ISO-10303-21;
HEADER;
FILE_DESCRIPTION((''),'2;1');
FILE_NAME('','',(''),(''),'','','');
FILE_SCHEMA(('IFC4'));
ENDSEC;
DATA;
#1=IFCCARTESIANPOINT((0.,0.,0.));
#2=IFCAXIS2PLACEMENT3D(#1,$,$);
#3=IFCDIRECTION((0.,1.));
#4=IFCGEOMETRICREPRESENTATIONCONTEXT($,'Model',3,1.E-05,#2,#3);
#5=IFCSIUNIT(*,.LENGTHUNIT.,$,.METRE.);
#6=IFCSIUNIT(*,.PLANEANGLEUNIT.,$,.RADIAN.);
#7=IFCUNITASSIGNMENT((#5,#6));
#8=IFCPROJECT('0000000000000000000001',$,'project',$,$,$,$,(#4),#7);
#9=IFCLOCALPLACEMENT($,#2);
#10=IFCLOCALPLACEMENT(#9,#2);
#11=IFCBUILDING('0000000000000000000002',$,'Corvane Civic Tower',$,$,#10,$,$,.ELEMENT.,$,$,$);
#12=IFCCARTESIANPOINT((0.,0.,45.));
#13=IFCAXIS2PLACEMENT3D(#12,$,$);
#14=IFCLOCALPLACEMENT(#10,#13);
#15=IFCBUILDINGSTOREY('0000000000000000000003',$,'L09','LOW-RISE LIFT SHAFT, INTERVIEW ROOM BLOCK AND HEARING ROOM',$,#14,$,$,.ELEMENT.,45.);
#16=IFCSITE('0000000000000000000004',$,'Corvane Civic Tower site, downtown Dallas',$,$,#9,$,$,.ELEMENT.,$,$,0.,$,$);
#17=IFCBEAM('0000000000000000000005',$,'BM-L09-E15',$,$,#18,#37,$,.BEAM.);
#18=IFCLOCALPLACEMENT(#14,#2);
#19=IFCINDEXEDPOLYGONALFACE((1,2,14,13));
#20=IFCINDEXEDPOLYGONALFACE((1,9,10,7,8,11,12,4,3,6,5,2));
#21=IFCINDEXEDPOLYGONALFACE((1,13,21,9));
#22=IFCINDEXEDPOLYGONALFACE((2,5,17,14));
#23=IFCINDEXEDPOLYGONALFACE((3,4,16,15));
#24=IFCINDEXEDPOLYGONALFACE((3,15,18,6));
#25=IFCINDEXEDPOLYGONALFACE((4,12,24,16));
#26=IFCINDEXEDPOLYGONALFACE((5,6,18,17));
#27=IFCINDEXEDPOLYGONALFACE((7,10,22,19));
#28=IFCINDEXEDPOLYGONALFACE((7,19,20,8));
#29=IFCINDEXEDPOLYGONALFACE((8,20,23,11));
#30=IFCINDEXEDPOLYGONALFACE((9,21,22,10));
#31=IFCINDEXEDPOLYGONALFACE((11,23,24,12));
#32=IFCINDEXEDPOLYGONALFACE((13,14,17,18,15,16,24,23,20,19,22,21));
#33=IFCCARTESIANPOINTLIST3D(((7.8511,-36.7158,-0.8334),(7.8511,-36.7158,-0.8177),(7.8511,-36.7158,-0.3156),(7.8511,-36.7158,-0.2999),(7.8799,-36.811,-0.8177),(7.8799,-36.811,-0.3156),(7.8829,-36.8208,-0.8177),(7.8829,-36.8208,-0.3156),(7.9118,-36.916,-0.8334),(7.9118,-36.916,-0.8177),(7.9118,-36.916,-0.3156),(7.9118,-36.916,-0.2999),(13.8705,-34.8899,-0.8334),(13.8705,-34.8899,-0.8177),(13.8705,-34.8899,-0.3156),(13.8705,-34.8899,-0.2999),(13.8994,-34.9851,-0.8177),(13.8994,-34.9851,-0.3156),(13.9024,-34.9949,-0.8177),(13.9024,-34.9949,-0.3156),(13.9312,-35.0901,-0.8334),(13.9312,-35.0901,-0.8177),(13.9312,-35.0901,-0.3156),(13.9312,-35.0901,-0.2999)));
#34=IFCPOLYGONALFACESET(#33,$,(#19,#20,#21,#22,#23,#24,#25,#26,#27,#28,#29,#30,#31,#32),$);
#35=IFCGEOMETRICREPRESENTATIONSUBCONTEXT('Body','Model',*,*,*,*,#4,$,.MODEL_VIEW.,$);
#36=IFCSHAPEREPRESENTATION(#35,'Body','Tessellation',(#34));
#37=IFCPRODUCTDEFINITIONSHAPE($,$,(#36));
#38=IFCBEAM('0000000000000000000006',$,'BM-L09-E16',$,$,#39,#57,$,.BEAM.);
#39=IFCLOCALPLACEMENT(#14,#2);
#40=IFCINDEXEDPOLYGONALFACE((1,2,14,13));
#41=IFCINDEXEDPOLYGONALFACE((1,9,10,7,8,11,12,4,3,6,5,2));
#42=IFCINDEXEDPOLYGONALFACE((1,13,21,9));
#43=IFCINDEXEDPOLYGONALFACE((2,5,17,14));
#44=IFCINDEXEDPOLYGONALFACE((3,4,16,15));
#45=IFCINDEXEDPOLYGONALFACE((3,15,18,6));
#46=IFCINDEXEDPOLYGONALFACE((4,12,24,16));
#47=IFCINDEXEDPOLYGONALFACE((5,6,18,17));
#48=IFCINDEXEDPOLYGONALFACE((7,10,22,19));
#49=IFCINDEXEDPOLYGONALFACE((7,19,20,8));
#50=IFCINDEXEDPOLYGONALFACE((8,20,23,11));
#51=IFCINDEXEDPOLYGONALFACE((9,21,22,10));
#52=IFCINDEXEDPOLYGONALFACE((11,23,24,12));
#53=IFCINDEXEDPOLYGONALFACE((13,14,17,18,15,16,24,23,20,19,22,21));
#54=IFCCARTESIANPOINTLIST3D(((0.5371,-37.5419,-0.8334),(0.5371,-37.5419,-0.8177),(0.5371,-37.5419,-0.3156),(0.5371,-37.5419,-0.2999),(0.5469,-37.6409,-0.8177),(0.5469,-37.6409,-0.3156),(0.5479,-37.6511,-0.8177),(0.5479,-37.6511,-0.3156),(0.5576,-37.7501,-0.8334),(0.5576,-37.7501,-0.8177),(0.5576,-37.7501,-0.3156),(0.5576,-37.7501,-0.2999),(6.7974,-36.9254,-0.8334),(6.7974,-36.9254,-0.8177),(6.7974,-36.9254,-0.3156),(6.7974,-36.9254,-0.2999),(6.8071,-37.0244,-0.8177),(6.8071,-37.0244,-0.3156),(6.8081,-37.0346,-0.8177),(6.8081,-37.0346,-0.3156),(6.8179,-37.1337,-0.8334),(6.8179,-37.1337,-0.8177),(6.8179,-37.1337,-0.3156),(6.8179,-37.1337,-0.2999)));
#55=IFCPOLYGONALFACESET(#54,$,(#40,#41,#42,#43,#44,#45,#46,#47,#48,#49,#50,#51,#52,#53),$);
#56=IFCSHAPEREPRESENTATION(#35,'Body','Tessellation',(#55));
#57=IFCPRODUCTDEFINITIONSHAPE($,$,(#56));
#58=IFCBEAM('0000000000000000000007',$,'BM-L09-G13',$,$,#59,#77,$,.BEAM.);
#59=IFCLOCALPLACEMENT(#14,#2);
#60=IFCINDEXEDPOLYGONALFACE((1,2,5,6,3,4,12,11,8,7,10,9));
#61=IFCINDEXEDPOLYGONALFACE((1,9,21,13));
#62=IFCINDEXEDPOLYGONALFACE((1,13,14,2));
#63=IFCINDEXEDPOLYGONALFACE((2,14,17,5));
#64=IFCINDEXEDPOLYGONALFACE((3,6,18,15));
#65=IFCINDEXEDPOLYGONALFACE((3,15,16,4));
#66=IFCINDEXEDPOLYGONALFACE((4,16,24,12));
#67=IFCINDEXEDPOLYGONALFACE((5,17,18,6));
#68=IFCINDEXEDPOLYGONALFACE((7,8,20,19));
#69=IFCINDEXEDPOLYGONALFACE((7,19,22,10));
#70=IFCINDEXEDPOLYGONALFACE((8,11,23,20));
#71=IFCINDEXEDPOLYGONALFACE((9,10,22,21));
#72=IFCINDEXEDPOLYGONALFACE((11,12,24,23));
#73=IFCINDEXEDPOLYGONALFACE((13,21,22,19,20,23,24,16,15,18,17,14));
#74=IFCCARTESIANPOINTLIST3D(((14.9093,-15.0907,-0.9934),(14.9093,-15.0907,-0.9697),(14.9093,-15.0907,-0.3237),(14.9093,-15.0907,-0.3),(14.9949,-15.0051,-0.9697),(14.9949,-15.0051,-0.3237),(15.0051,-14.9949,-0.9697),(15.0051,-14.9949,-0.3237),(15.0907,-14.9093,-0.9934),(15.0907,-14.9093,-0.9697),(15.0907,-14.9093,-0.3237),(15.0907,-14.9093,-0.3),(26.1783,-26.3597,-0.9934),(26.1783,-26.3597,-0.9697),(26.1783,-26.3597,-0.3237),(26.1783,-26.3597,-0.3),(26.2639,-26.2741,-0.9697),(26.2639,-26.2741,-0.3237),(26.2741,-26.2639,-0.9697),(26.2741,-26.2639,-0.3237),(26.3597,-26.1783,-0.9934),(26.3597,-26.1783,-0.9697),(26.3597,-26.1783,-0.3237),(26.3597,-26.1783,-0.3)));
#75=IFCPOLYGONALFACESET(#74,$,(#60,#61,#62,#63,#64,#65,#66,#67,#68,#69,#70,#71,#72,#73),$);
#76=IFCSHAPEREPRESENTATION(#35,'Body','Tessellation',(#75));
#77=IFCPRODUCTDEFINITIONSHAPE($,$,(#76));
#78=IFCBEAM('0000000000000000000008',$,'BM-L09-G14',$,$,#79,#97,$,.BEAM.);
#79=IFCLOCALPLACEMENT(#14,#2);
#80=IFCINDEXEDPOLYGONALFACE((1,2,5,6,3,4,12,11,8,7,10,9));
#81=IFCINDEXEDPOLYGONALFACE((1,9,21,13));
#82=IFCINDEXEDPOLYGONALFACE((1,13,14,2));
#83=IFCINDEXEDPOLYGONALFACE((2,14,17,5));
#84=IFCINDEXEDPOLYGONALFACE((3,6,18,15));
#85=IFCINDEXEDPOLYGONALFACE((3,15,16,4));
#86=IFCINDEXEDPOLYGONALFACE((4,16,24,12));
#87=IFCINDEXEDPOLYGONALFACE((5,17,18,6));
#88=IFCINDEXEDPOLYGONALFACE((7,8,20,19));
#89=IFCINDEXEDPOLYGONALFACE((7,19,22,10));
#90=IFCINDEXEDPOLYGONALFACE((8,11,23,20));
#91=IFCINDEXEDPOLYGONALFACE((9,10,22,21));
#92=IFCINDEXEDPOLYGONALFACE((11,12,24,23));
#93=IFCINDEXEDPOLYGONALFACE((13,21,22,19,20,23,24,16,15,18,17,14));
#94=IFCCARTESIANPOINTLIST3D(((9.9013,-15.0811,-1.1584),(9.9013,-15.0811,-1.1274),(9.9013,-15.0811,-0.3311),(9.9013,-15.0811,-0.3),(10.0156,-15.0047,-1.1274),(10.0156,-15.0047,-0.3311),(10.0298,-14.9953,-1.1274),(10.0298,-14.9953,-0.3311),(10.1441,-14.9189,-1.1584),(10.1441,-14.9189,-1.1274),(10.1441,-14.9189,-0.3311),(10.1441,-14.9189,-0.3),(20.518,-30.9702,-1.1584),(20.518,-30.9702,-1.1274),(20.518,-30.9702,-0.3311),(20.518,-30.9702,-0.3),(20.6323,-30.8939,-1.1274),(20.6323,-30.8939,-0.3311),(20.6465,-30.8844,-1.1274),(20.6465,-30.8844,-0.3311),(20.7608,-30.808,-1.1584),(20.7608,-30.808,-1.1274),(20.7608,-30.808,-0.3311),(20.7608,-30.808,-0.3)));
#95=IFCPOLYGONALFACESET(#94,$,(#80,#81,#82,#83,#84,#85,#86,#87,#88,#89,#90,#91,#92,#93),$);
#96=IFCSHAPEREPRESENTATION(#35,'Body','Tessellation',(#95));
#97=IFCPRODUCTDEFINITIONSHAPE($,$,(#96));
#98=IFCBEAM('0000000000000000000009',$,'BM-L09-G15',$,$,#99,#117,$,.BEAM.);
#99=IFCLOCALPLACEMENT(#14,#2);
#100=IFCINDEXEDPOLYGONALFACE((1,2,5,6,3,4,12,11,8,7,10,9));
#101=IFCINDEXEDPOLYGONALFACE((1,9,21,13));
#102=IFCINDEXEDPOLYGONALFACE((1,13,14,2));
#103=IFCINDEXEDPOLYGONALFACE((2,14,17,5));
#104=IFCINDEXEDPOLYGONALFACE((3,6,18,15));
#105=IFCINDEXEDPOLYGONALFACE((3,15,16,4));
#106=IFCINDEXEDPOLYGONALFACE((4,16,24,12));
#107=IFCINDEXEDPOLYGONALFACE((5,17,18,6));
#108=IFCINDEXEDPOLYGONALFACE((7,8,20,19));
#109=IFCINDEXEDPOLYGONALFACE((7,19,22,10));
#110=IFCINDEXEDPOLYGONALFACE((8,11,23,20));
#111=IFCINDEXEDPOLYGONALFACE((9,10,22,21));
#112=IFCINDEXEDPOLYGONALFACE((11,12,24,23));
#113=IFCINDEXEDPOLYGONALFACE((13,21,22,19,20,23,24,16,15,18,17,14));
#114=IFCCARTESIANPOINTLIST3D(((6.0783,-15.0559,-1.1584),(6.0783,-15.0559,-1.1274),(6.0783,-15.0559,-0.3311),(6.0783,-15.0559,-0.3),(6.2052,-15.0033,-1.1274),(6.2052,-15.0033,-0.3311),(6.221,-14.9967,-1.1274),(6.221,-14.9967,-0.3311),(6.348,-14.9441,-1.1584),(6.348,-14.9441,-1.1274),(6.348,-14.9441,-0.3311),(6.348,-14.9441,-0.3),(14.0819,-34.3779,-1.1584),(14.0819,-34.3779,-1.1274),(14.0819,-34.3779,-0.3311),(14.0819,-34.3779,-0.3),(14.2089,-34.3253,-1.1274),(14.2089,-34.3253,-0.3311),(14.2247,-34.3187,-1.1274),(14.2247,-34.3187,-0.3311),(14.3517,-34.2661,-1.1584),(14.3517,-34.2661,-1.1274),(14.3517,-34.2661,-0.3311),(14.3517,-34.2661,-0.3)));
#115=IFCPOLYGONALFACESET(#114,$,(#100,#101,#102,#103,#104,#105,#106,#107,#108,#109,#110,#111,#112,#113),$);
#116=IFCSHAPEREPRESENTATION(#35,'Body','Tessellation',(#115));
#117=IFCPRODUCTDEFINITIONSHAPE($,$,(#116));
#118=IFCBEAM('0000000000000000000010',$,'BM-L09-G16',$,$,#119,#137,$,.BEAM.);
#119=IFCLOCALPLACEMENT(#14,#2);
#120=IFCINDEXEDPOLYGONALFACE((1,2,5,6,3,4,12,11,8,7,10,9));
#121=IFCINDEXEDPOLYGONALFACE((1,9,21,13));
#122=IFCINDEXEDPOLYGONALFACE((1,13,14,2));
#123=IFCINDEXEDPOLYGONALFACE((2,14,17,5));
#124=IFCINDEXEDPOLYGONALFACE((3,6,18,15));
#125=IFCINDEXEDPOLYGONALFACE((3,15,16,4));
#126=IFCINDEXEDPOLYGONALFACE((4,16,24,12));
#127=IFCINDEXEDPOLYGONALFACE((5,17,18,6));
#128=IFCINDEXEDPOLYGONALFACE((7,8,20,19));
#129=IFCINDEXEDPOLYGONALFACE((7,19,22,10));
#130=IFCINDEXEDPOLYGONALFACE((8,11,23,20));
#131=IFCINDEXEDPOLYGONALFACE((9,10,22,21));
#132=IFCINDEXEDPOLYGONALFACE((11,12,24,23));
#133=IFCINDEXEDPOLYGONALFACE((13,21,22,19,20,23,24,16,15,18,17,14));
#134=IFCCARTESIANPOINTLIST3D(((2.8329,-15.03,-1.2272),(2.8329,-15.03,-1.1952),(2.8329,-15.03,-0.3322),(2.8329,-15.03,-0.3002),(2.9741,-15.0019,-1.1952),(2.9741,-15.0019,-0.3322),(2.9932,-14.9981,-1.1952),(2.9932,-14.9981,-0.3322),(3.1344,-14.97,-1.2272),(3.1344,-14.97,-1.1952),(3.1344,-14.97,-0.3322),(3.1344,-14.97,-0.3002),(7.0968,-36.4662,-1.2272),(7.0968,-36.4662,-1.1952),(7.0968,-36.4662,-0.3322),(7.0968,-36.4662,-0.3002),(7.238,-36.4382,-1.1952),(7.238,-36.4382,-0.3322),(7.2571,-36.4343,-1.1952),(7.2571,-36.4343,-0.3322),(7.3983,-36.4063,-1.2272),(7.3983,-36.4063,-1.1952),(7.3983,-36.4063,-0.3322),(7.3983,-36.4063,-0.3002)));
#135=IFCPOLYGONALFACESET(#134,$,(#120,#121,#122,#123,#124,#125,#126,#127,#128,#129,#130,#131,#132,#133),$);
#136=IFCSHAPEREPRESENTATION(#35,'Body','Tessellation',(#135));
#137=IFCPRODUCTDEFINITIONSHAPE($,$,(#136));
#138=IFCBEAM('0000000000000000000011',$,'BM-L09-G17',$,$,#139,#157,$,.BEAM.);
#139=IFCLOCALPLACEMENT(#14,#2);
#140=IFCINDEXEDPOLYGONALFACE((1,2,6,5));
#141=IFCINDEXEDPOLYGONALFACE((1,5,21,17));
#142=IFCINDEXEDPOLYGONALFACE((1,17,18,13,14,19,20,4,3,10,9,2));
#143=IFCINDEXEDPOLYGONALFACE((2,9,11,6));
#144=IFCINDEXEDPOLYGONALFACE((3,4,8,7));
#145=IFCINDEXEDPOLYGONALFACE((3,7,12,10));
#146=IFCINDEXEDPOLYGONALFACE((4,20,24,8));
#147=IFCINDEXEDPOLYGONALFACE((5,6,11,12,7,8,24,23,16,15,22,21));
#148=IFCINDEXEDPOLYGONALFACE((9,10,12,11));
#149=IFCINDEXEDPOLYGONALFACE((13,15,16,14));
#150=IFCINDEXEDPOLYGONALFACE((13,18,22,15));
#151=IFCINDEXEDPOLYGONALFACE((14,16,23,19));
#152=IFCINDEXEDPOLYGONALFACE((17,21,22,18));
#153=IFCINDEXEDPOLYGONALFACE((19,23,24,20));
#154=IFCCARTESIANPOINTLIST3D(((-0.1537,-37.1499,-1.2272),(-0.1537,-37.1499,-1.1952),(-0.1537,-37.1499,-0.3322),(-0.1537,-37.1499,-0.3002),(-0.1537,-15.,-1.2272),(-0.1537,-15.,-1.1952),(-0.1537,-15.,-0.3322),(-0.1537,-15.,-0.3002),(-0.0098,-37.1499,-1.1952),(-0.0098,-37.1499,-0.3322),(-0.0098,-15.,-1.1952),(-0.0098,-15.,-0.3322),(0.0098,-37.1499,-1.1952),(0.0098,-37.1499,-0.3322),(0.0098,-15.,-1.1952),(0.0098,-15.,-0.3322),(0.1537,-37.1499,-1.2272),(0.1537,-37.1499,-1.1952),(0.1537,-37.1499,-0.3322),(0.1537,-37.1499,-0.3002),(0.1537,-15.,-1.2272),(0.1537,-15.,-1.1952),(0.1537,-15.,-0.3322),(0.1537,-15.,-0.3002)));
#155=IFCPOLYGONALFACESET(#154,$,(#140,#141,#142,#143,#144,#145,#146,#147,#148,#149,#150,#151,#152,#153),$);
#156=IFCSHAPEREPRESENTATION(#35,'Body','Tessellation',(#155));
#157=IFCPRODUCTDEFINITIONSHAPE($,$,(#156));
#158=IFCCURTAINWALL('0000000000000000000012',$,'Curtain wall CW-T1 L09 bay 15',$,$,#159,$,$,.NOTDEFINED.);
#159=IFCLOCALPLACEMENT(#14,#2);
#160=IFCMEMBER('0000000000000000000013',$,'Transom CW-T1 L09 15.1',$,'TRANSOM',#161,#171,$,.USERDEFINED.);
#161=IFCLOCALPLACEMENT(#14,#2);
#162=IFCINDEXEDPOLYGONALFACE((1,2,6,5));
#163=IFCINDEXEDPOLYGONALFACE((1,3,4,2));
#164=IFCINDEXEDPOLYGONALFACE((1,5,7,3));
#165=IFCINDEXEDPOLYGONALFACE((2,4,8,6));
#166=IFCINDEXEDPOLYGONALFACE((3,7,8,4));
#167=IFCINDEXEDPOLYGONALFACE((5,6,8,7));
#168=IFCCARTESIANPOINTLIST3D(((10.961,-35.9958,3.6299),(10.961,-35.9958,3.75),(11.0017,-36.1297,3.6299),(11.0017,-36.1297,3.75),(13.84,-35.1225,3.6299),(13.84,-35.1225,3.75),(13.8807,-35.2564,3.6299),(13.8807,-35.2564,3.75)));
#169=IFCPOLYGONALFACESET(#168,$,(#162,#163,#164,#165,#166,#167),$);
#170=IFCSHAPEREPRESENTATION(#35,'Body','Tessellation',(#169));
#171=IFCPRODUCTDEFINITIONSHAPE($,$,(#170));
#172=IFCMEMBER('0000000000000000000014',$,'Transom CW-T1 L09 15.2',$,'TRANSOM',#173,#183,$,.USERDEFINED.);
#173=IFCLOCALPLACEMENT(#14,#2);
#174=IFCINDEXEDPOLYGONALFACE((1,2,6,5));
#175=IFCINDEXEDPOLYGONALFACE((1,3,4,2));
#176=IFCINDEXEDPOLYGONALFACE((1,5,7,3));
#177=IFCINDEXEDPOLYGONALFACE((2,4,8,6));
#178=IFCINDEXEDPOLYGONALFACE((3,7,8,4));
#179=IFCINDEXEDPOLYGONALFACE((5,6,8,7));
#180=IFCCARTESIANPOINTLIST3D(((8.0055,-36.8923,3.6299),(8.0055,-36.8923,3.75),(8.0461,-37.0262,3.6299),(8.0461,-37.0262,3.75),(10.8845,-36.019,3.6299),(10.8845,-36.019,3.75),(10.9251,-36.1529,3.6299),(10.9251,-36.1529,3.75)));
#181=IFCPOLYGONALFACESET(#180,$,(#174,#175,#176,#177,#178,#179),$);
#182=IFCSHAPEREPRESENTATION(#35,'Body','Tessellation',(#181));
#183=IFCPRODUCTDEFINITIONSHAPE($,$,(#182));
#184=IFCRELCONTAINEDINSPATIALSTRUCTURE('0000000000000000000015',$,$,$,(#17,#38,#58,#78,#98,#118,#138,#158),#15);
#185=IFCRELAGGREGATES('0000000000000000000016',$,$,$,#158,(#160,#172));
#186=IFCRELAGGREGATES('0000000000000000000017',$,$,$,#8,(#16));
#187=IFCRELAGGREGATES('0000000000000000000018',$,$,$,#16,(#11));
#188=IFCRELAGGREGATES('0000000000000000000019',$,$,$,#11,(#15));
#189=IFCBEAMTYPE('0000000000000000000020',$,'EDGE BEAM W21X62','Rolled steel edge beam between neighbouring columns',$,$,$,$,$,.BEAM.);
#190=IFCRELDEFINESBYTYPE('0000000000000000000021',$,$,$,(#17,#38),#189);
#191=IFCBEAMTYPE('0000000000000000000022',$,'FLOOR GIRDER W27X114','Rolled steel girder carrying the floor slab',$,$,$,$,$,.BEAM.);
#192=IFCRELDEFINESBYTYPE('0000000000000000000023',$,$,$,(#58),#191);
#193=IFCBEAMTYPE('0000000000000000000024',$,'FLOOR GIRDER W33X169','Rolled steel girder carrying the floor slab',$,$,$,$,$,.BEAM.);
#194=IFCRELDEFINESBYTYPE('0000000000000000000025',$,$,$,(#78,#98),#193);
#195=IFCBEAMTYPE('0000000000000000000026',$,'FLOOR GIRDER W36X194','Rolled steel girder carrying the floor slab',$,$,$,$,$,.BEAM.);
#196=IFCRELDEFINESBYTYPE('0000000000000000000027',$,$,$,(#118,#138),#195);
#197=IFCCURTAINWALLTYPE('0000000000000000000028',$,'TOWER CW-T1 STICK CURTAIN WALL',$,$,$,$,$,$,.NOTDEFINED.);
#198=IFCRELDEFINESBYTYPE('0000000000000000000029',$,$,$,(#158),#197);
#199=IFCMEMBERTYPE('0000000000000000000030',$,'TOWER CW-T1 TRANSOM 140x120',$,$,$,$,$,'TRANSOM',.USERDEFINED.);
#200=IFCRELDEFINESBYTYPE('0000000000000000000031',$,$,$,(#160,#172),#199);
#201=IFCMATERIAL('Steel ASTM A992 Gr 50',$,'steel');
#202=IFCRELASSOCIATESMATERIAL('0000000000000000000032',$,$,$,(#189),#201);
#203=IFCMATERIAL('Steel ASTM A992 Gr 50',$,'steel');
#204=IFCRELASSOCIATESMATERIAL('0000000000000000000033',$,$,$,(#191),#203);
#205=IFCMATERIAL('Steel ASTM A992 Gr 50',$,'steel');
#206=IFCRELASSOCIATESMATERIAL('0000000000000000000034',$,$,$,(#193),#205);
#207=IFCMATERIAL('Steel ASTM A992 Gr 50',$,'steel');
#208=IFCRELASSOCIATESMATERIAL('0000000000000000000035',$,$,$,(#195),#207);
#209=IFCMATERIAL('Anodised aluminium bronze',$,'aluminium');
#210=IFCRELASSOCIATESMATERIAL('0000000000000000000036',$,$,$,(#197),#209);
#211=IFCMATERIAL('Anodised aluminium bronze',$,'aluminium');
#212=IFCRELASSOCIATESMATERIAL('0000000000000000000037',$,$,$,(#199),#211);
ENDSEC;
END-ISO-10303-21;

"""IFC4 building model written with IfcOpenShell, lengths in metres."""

from ifc_helpers import new_model, si_unit, direction, frame, origin, origin_2d, place, context, subcontext, project, spatial, rectangle, i_section, extrude, material, material_profile, profile_set, type_object, element, aggregate, save


model = new_model("IFC4")

# Units and contexts
model_context = context("Model", 3, precision=1e-05, world=origin(), true_north=direction((0.0, 1.0)))
body_context = subcontext(model_context, "Body", "Model", "MODEL_VIEW")
ifc_project = project(units=[si_unit("LENGTHUNIT", "METRE"), si_unit("PLANEANGLEUNIT", "RADIAN")], contexts=[model_context])

# Site, building, storey
site_placement = place(None, origin())
site = spatial("IfcSite", under=ifc_project, at=site_placement, Name="Corvane Civic Tower site, downtown Dallas", CompositionType="ELEMENT", RefElevation=0.0)
building_placement = place(site_placement, origin())
building = spatial("IfcBuilding", under=site, at=building_placement, Name="Corvane Civic Tower", CompositionType="ELEMENT")
storey_placement = place(building_placement, frame((0.0, 0.0, 45.0)))
storey = spatial("IfcBuildingStorey", under=building, at=storey_placement, Name="L09", Description="LOW-RISE LIFT SHAFT, INTERVIEW ROOM BLOCK AND HEARING ROOM", CompositionType="ELEMENT", Elevation=45.0)

# Beams
ifc_material_1 = material(Name="Steel ASTM A992 Gr 50", Category="steel")
ifc_material_profile_1 = material_profile(ifc_material_1, i_section(OverallWidth=0.2092, OverallDepth=0.5334, WebThickness=0.0103, FlangeThickness=0.0156, at=origin_2d()), Name="W21X62")
ifc_profile_set_1 = profile_set([ifc_material_profile_1], Name="Steel ASTM A992 Gr 50")
beam_type_1 = type_object("IfcBeamType", Name="EDGE BEAM W21X62", Description="Rolled steel edge beam between neighbouring columns", PredefinedType="BEAM", material=ifc_profile_set_1)
beam_1_placement = place(storey_placement, frame((13.9009, -34.99, -0.5667), z_axis=(-0.956944, -0.290273, 0.0), x_axis=(0.290273, -0.956944, 0.0)))
element("IfcBeam", 1, at=beam_1_placement, inside=storey, type_object=beam_type_1, Name="BM-L09-E15", PredefinedType="BEAM", context=body_context, shape_type="SweptSolid", body=[
    extrude(i_section(OverallWidth=0.2092, OverallDepth=0.5334, WebThickness=0.0103, FlangeThickness=0.0156, at=origin_2d()), origin(), (0.0, 0.0, 1.0), 6.2903),
])
beam_2_placement = place(storey_placement, frame((6.8076, -37.0295, -0.5667), z_axis=(-0.995187, -0.097997, 0.0), x_axis=(0.097997, -0.995187, 0.0)))
element("IfcBeam", 2, at=beam_2_placement, inside=storey, type_object=beam_type_1, Name="BM-L09-E16", PredefinedType="BEAM", context=body_context, shape_type="SweptSolid", body=[
    extrude(i_section(OverallWidth=0.2092, OverallDepth=0.5334, WebThickness=0.0103, FlangeThickness=0.0156, at=origin_2d()), origin(), (0.0, 0.0, 1.0), 6.2905),
])
ifc_material_2 = material(Name="Steel ASTM A992 Gr 50", Category="steel")
ifc_material_profile_2 = material_profile(ifc_material_2, i_section(OverallWidth=0.2566, OverallDepth=0.6934, WebThickness=0.0144, FlangeThickness=0.0237, at=origin_2d()), Name="W27X114")
ifc_profile_set_2 = profile_set([ifc_material_profile_2], Name="Steel ASTM A992 Gr 50")
beam_type_2 = type_object("IfcBeamType", Name="FLOOR GIRDER W27X114", Description="Rolled steel girder carrying the floor slab", PredefinedType="BEAM", material=ifc_profile_set_2)
beam_3_placement = place(storey_placement, frame((15.0, -15.0, -0.6467), z_axis=(0.707107, -0.707107, 0.0), x_axis=(0.707107, 0.707107, 0.0)))
element("IfcBeam", 3, at=beam_3_placement, inside=storey, type_object=beam_type_2, Name="BM-L09-G13", PredefinedType="BEAM", context=body_context, shape_type="SweptSolid", body=[
    extrude(i_section(OverallWidth=0.2566, OverallDepth=0.6934, WebThickness=0.0144, FlangeThickness=0.0237, at=origin_2d()), origin(), (0.0, 0.0, 1.0), 15.9368),
])
ifc_material_3 = material(Name="Steel ASTM A992 Gr 50", Category="steel")
ifc_material_profile_3 = material_profile(ifc_material_3, i_section(OverallWidth=0.292, OverallDepth=0.8584, WebThickness=0.0171, FlangeThickness=0.031, at=origin_2d()), Name="W33X169")
ifc_profile_set_3 = profile_set([ifc_material_profile_3], Name="Steel ASTM A992 Gr 50")
beam_type_3 = type_object("IfcBeamType", Name="FLOOR GIRDER W33X169", Description="Rolled steel girder carrying the floor slab", PredefinedType="BEAM", material=ifc_profile_set_3)
beam_4_placement = place(storey_placement, frame((10.0227, -15.0, -0.7292), z_axis=(0.555567, -0.831472, 0.0), x_axis=(0.831472, 0.555567, 0.0)))
element("IfcBeam", 4, at=beam_4_placement, inside=storey, type_object=beam_type_3, Name="BM-L09-G14", PredefinedType="BEAM", context=body_context, shape_type="SweptSolid", body=[
    extrude(i_section(OverallWidth=0.292, OverallDepth=0.8584, WebThickness=0.0171, FlangeThickness=0.031, at=origin_2d()), origin(), (0.0, 0.0, 1.0), 19.1096),
])
beam_5_placement = place(storey_placement, frame((6.2131, -15.0, -0.7292), z_axis=(0.382692, -0.923876, 0.0), x_axis=(0.923876, 0.382692, 0.0)))
element("IfcBeam", 5, at=beam_5_placement, inside=storey, type_object=beam_type_3, Name="BM-L09-G15", PredefinedType="BEAM", context=body_context, shape_type="SweptSolid", body=[
    extrude(i_section(OverallWidth=0.292, OverallDepth=0.8584, WebThickness=0.0171, FlangeThickness=0.031, at=origin_2d()), origin(), (0.0, 0.0, 1.0), 20.9141),
])
ifc_material_4 = material(Name="Steel ASTM A992 Gr 50", Category="steel")
ifc_material_profile_4 = material_profile(ifc_material_4, i_section(OverallWidth=0.3074, OverallDepth=0.927, WebThickness=0.0195, FlangeThickness=0.032, at=origin_2d()), Name="W36X194")
ifc_profile_set_4 = profile_set([ifc_material_profile_4], Name="Steel ASTM A992 Gr 50")
beam_type_4 = type_object("IfcBeamType", Name="FLOOR GIRDER W36X194", Description="Rolled steel girder carrying the floor slab", PredefinedType="BEAM", material=ifc_profile_set_4)
beam_6_placement = place(storey_placement, frame((2.9836, -15.0, -0.7637), z_axis=(0.195089, -0.980785, 0.0), x_axis=(0.980785, 0.195089, 0.0)))
element("IfcBeam", 6, at=beam_6_placement, inside=storey, type_object=beam_type_4, Name="BM-L09-G16", PredefinedType="BEAM", context=body_context, shape_type="SweptSolid", body=[
    extrude(i_section(OverallWidth=0.3074, OverallDepth=0.927, WebThickness=0.0195, FlangeThickness=0.032, at=origin_2d()), origin(), (0.0, 0.0, 1.0), 21.8562),
])
beam_7_placement = place(storey_placement, frame((0.0, -15.0, -0.7637), z_axis=(0.0, -1.0, 0.0), x_axis=(1.0, 0.0, 0.0)))
element("IfcBeam", 7, at=beam_7_placement, inside=storey, type_object=beam_type_4, Name="BM-L09-G17", PredefinedType="BEAM", context=body_context, shape_type="SweptSolid", body=[
    extrude(i_section(OverallWidth=0.3074, OverallDepth=0.927, WebThickness=0.0195, FlangeThickness=0.032, at=origin_2d()), origin(), (0.0, 0.0, 1.0), 22.1499),
])

# Curtain wall, members
ifc_material_5 = material(Name="Anodised aluminium bronze", Category="aluminium")
curtain_wall_type = type_object("IfcCurtainWallType", Name="TOWER CW-T1 STICK CURTAIN WALL", PredefinedType="NOTDEFINED", material=ifc_material_5)
curtain_wall_1_placement = place(storey_placement, origin())
curtain_wall_1 = element("IfcCurtainWall", 8, at=curtain_wall_1_placement, inside=storey, type_object=curtain_wall_type, Name="Curtain wall CW-T1 L09 bay 15", PredefinedType="NOTDEFINED")
ifc_material_6 = material(Name="Anodised aluminium bronze", Category="aluminium")
ifc_material_profile_5 = material_profile(ifc_material_6, rectangle(XDim=0.1399, YDim=0.1201, at=origin_2d()), Name="TOWER CW-T1 TRANSOM 140x120")
ifc_profile_set_5 = profile_set([ifc_material_profile_5], Name="Anodised aluminium bronze")
member_type_1 = type_object("IfcMemberType", Name="TOWER CW-T1 TRANSOM 140x120", ElementType="TRANSOM", PredefinedType="USERDEFINED", material=ifc_profile_set_5)
member_1_placement = place(storey_placement, frame((13.8604, -35.1895, 3.6899), z_axis=(-0.956942, -0.29028, 0.0), x_axis=(0.29028, -0.956942, 0.0)))
member_1 = element("IfcMember", 9, at=member_1_placement, type_object=member_type_1, Name="Transom CW-T1 L09 15.1", ObjectType="TRANSOM", PredefinedType="USERDEFINED", context=body_context, shape_type="SweptSolid", body=[
    extrude(rectangle(XDim=0.1399, YDim=0.1201, at=origin_2d()), origin(), (0.0, 0.0, 1.0), 3.0085),
])
member_2_placement = place(storey_placement, frame((10.9048, -36.0859, 3.6899), z_axis=(-0.956942, -0.29028, 0.0), x_axis=(0.29028, -0.956942, 0.0)))
member_2 = element("IfcMember", 10, at=member_2_placement, type_object=member_type_1, Name="Transom CW-T1 L09 15.2", ObjectType="TRANSOM", PredefinedType="USERDEFINED", context=body_context, shape_type="SweptSolid", body=[
    extrude(rectangle(XDim=0.1399, YDim=0.1201, at=origin_2d()), origin(), (0.0, 0.0, 1.0), 3.0085),
])

aggregate(curtain_wall_1, [member_1, member_2])

save(model, "model.ifc")
